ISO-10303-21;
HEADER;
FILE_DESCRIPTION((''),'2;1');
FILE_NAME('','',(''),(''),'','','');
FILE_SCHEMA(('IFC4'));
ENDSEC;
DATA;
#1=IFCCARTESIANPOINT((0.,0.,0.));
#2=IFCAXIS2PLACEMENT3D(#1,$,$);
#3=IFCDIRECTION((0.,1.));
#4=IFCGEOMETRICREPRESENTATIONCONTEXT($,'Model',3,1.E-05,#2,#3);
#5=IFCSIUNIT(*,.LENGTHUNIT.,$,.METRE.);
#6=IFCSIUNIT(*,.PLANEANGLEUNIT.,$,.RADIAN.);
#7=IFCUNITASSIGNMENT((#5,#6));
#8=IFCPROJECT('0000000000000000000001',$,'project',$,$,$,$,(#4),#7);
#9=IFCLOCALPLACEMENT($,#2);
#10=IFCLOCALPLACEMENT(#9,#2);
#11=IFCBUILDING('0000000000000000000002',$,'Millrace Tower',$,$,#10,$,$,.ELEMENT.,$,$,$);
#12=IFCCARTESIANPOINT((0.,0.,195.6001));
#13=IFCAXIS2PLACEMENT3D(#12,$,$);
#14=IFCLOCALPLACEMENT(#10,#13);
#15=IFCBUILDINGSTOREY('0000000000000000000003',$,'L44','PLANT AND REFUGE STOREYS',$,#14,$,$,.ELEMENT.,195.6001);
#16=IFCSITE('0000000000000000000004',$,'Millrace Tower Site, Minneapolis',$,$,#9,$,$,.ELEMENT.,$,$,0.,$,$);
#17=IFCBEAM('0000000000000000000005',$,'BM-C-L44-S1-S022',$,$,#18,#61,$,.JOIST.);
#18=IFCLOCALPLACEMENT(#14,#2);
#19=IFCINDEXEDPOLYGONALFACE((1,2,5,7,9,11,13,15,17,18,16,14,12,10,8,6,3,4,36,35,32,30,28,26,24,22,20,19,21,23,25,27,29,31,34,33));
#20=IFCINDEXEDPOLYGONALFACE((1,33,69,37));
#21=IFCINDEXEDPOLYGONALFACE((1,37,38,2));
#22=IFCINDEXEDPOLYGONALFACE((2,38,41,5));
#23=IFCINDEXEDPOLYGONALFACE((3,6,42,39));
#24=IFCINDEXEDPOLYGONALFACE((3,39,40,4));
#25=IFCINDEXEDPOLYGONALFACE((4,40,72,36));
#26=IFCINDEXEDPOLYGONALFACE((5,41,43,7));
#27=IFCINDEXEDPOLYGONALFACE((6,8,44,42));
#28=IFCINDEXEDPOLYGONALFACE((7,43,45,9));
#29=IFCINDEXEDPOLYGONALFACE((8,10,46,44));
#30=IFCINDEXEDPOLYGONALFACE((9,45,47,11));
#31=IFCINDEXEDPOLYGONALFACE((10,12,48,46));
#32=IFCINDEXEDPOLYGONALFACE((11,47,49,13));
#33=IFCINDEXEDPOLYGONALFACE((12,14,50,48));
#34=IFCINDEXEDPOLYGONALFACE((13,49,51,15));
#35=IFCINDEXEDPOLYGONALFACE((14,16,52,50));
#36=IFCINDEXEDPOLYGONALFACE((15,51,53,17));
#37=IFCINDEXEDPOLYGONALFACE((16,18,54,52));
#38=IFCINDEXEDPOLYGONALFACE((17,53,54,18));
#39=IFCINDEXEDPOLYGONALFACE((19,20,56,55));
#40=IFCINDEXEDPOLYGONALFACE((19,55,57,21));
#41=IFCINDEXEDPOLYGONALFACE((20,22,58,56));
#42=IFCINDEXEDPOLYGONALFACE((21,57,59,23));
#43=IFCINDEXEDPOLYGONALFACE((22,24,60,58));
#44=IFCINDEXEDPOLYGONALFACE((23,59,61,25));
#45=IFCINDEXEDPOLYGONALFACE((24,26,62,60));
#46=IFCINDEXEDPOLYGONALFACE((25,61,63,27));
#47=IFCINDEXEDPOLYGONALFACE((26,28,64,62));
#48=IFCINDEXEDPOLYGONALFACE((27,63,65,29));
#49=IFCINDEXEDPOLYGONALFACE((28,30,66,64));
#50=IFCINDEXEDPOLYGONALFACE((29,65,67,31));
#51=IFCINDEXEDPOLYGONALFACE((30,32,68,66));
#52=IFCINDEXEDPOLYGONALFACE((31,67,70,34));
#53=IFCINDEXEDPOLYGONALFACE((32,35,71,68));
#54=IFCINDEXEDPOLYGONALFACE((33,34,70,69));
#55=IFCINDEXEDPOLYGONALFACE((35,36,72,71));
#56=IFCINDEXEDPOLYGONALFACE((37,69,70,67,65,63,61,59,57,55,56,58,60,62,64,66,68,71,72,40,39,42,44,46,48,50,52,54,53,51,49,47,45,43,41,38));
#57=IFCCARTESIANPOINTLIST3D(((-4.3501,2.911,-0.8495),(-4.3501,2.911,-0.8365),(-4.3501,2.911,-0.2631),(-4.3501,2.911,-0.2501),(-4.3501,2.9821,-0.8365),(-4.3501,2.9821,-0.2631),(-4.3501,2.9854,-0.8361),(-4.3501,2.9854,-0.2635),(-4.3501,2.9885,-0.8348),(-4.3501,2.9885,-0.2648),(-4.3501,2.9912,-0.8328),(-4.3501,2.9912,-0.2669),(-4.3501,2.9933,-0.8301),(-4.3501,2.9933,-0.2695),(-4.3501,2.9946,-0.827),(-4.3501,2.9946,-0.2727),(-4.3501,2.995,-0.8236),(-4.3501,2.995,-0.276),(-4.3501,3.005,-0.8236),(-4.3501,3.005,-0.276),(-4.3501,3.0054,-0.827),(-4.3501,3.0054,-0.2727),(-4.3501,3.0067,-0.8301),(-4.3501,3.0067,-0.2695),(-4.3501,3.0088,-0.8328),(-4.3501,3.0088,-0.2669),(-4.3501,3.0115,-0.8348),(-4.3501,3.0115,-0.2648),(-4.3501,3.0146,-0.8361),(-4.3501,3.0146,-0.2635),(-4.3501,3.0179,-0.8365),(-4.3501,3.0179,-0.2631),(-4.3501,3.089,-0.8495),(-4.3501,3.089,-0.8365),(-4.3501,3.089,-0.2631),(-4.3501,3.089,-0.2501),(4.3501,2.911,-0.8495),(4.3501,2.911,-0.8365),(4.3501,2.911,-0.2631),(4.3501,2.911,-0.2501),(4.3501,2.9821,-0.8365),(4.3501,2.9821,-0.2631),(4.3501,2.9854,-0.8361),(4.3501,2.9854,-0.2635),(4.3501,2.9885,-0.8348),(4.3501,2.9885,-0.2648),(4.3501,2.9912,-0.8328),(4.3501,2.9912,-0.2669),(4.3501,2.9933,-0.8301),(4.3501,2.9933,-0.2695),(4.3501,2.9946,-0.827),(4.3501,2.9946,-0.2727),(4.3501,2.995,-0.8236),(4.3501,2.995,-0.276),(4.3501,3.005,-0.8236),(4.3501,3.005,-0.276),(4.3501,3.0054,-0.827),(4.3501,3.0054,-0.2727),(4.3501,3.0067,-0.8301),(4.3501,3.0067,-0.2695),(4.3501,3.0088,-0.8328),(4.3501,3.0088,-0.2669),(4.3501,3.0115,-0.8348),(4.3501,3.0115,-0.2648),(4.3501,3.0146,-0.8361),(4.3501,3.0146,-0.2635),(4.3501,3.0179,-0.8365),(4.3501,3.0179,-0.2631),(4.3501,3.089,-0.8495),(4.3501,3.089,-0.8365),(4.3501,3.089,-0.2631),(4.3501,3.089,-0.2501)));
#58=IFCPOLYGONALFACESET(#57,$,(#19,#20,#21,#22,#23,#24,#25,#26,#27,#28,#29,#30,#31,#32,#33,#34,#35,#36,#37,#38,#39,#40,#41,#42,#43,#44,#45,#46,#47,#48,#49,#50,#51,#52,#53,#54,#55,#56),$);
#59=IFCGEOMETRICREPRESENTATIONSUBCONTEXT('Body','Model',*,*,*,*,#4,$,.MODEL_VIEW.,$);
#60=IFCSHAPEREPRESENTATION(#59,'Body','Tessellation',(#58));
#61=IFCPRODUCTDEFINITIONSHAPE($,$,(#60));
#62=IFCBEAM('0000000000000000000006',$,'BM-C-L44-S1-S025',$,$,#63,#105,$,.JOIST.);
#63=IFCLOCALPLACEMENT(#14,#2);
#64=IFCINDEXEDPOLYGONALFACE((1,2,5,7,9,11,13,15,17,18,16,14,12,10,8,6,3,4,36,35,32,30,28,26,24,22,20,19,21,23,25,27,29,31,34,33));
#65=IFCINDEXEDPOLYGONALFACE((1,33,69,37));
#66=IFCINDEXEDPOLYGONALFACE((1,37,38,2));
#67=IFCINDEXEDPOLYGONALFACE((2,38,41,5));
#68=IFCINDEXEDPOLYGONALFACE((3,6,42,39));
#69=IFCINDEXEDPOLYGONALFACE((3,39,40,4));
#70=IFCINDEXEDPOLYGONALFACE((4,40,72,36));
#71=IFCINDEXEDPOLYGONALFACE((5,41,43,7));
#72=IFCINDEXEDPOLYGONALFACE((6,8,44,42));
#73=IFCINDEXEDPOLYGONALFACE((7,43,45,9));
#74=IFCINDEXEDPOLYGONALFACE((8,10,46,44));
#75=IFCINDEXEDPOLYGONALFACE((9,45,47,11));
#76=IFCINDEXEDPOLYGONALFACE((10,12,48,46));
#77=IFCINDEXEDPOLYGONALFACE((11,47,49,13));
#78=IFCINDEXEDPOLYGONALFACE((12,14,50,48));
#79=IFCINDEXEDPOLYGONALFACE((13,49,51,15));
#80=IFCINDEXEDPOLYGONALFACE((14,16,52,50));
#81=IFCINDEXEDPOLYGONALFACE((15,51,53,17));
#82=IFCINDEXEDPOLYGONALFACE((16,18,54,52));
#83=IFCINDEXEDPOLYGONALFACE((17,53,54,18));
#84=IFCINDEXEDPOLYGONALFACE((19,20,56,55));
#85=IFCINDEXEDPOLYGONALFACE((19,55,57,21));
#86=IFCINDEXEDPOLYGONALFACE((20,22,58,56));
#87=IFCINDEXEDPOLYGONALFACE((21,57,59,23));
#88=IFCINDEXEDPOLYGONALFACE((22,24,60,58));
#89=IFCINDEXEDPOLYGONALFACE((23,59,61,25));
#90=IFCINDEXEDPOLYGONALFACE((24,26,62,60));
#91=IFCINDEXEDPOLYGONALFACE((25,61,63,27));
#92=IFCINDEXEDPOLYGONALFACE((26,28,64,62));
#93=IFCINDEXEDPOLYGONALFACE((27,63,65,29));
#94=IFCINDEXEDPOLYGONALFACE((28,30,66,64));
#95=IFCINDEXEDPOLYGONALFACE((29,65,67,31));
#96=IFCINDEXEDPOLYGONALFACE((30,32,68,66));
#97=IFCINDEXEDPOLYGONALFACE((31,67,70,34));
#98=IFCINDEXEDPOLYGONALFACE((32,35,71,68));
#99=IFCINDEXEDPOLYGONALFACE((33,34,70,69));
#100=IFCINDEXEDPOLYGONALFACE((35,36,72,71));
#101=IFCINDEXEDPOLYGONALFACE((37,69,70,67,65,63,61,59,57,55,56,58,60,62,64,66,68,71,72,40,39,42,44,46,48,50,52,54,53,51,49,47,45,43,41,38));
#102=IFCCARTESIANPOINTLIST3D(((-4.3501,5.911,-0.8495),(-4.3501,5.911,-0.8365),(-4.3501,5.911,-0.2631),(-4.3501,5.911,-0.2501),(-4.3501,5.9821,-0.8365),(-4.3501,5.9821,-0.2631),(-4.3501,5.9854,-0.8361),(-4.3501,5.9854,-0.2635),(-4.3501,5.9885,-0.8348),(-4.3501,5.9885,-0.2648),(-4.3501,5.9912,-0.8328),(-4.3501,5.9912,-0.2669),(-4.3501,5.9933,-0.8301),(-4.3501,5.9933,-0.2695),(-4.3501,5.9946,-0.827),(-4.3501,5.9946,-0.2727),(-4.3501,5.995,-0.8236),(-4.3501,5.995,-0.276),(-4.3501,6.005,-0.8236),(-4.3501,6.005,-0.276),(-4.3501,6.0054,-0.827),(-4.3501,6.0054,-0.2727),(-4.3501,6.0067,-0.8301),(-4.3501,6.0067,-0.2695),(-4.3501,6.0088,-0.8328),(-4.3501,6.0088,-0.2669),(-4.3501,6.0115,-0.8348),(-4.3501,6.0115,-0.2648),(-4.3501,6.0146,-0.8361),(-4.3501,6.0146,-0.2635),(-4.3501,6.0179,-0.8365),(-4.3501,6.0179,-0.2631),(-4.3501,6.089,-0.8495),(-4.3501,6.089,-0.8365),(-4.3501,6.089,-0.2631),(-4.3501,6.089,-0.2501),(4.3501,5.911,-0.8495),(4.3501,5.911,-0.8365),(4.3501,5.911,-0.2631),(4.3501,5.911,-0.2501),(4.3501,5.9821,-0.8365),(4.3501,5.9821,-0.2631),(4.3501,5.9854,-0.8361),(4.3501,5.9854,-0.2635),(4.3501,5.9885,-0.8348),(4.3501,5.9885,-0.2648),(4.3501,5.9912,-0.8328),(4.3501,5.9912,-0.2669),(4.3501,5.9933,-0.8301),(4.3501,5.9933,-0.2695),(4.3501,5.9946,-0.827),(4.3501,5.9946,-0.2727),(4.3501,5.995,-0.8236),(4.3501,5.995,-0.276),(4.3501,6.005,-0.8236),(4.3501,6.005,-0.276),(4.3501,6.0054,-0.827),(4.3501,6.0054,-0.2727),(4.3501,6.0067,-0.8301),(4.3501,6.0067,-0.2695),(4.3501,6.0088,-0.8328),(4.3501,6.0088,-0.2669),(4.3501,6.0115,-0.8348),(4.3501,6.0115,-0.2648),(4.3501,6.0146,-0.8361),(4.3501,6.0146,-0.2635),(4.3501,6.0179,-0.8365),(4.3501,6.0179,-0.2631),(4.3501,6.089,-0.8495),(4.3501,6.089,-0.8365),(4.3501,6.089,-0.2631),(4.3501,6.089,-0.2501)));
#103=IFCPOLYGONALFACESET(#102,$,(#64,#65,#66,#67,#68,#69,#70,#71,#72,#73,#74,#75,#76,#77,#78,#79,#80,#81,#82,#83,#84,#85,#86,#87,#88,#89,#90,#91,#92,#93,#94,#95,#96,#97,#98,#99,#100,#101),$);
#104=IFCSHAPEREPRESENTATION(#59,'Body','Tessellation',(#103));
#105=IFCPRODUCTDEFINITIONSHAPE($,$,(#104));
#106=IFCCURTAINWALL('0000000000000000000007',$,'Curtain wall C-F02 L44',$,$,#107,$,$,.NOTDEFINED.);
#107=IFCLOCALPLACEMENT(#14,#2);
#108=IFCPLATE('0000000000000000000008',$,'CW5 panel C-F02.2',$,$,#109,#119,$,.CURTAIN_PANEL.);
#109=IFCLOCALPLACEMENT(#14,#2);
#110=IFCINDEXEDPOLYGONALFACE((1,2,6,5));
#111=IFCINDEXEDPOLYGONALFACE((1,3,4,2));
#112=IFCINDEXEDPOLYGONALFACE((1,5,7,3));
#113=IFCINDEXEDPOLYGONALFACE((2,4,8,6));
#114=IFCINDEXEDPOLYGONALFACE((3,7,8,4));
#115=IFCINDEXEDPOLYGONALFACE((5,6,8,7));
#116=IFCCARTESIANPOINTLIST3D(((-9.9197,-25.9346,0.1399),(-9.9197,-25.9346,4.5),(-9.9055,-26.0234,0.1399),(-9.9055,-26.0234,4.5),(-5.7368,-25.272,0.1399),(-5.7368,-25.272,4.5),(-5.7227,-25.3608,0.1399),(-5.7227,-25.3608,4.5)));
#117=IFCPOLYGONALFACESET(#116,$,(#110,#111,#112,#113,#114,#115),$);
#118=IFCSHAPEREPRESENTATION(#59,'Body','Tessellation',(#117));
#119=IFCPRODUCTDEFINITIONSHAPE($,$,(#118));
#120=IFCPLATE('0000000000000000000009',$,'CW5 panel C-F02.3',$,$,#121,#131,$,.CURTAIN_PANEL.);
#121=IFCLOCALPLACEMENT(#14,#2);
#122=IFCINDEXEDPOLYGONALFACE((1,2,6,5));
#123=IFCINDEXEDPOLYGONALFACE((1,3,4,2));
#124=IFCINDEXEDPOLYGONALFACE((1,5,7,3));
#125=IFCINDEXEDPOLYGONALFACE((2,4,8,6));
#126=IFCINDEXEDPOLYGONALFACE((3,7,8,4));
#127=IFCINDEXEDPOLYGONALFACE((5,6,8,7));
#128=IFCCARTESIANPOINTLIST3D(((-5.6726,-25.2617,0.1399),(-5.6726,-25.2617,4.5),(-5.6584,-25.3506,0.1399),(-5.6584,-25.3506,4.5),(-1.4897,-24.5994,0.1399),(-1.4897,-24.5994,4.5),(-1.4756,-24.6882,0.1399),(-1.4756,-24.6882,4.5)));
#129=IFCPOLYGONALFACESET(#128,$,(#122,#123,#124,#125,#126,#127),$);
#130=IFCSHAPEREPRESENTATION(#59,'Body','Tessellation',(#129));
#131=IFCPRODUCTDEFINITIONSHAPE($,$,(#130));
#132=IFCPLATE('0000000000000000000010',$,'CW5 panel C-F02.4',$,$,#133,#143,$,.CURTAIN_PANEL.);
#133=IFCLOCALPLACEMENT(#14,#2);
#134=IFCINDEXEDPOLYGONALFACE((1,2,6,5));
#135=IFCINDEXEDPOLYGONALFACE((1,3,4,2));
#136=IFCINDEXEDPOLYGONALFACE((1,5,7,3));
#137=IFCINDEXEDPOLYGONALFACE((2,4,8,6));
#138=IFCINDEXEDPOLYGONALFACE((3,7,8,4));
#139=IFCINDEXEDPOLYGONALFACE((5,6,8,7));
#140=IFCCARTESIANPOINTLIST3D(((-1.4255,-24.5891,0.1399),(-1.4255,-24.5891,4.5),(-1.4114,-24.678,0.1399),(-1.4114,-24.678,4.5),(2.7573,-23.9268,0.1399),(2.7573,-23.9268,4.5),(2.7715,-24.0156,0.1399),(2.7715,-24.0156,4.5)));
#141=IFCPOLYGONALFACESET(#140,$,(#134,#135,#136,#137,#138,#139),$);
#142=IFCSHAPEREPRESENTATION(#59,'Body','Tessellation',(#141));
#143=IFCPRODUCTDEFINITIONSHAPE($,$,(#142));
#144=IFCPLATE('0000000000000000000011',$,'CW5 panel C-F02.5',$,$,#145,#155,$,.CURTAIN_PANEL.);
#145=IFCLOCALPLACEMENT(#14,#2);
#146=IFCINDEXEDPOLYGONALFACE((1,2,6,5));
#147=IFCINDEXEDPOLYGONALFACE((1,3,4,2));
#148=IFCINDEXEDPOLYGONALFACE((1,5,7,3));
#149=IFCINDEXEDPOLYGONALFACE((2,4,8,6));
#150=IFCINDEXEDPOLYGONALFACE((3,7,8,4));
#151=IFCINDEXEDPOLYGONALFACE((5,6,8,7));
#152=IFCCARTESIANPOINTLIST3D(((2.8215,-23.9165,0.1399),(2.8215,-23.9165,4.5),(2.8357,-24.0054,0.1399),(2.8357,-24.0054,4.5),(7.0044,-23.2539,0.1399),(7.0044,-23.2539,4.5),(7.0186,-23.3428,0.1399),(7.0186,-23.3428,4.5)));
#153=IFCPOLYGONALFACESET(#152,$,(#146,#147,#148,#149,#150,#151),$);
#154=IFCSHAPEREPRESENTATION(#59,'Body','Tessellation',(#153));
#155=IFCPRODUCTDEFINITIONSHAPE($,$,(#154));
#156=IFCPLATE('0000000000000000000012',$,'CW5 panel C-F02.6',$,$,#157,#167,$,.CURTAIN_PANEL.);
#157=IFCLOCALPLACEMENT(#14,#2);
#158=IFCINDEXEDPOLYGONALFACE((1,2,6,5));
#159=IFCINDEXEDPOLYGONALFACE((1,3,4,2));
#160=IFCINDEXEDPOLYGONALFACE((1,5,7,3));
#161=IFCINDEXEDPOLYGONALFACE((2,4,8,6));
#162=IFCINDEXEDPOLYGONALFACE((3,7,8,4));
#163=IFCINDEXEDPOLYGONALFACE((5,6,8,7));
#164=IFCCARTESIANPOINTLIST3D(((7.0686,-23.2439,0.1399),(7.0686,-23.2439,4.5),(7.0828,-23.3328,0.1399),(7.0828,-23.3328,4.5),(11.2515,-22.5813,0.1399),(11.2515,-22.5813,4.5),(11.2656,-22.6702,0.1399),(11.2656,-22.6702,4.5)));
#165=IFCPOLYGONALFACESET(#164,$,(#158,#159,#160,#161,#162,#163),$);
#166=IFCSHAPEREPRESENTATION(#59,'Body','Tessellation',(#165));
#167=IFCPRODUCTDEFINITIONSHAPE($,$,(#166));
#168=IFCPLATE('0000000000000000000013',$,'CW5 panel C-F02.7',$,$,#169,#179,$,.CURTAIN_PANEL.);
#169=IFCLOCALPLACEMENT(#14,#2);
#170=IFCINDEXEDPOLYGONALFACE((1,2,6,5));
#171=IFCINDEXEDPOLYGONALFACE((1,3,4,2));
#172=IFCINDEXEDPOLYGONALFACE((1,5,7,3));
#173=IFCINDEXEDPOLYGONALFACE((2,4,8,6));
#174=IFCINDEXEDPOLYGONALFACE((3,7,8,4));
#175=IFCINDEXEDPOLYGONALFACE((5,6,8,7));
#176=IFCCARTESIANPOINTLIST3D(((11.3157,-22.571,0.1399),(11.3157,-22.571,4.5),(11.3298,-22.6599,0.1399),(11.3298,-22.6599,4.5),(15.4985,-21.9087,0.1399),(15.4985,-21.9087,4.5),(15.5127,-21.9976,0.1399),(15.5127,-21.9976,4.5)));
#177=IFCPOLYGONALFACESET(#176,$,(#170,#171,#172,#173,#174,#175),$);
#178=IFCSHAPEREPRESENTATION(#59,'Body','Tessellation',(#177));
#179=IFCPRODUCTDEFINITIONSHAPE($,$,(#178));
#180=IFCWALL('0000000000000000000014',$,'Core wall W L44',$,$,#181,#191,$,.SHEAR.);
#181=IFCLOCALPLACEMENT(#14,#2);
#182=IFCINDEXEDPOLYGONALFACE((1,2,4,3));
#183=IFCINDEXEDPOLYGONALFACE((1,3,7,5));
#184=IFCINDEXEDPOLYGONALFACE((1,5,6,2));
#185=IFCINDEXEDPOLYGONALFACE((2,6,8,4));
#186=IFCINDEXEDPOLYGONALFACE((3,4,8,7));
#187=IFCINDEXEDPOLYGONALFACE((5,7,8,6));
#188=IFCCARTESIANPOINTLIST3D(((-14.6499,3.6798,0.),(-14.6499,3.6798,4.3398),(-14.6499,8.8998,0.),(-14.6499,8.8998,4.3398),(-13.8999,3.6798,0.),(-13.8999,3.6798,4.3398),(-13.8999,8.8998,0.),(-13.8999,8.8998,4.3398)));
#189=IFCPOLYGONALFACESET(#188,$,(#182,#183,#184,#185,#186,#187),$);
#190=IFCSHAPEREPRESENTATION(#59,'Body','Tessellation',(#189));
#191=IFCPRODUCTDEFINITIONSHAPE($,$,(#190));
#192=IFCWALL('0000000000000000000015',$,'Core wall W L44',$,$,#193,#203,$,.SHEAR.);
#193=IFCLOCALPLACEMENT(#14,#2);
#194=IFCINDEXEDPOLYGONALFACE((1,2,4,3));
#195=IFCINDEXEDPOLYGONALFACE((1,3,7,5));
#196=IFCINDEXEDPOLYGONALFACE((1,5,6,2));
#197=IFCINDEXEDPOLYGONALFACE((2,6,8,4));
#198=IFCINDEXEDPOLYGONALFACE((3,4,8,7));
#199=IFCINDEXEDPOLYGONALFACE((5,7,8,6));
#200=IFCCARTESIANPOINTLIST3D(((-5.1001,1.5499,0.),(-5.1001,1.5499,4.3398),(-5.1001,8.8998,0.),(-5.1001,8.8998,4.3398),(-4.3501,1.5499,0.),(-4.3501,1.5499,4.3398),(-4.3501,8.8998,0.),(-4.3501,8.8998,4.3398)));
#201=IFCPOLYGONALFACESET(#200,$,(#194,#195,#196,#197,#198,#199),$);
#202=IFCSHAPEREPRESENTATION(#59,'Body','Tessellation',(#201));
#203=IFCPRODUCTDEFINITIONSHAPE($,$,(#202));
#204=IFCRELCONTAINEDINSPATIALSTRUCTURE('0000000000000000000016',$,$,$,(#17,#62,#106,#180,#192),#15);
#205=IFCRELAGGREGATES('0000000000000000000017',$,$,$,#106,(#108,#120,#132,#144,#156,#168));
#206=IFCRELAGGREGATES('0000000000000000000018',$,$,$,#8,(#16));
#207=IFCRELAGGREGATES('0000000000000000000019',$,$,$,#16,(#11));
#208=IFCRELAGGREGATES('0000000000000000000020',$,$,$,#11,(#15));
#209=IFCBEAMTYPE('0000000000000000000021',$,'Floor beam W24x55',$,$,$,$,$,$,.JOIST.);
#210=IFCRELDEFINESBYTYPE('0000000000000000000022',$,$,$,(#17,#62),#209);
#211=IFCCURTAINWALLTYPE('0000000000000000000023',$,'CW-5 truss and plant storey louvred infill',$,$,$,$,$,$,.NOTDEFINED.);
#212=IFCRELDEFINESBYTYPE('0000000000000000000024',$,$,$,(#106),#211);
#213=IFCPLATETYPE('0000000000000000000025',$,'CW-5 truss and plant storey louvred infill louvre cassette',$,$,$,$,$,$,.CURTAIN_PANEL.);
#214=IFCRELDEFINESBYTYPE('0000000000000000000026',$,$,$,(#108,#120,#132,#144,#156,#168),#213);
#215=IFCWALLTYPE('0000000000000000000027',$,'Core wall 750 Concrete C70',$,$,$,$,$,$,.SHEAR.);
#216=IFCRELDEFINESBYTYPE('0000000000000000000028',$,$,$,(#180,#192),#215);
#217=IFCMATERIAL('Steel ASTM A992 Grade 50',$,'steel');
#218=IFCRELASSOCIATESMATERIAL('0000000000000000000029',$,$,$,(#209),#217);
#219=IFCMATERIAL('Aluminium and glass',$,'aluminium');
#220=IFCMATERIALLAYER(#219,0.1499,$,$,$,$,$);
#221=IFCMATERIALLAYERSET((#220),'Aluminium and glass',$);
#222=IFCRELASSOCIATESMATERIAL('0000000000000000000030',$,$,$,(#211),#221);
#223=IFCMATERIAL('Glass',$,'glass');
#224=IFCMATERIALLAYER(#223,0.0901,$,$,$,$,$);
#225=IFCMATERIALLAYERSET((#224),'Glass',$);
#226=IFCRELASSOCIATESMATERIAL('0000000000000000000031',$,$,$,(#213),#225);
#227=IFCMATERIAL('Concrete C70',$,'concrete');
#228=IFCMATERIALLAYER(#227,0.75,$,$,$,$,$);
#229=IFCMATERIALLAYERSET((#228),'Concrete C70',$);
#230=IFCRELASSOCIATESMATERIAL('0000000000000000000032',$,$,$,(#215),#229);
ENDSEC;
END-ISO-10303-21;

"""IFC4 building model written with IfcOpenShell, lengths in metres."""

from ifc_helpers import new_model, si_unit, direction, frame, frame_2d, origin, origin_2d, place, context, subcontext, project, spatial, polyline, rectangle, i_section, outline, extrude, material, layer, layer_set, material_profile, profile_set, type_object, element, aggregate, save


model = new_model("IFC4")

# Units and contexts
model_context = context("Model", 3, precision=1e-05, world=origin(), true_north=direction((0.0, 1.0)))
body_context = subcontext(model_context, "Body", "Model", "MODEL_VIEW")
ifc_project = project(units=[si_unit("LENGTHUNIT", "METRE"), si_unit("PLANEANGLEUNIT", "RADIAN")], contexts=[model_context])

# Site, building, storey
site_placement = place(None, origin())
site = spatial("IfcSite", under=ifc_project, at=site_placement, Name="Millrace Tower Site, Minneapolis", CompositionType="ELEMENT", RefElevation=0.0)
building_placement = place(site_placement, origin())
building = spatial("IfcBuilding", under=site, at=building_placement, Name="Millrace Tower", CompositionType="ELEMENT")
storey_placement = place(building_placement, frame((0.0, 0.0, 195.6001)))
storey = spatial("IfcBuildingStorey", under=building, at=storey_placement, Name="L44", Description="PLANT AND REFUGE STOREYS", CompositionType="ELEMENT", Elevation=195.6001)

# Beams
ifc_material_1 = material(Name="Steel ASTM A992 Grade 50", Category="steel")
ifc_material_profile = material_profile(ifc_material_1, i_section(OverallWidth=0.178, OverallDepth=0.5994, WebThickness=0.01, FlangeThickness=0.0129, FilletRadius=0.0129, at=origin_2d()))
ifc_profile_set = profile_set([ifc_material_profile], Name="Steel ASTM A992 Grade 50")
beam_type = type_object("IfcBeamType", Name="Floor beam W24x55", PredefinedType="JOIST", material=ifc_profile_set)
for number, where, z_axis, x_axis, name in (
    (1, (-4.3501, 3.0, -0.5498), (1.0, 0.0, 0.0), (0.0, 1.0, 0.0), "BM-C-L44-S1-S022"),
    (2, (-4.3501, 6.0, -0.5498), (1.0, 0.0, 0.0), (0.0, 1.0, 0.0), "BM-C-L44-S1-S025"),
):
    element("IfcBeam", number, at=place(storey_placement, frame(where, z_axis=z_axis, x_axis=x_axis)), inside=storey, type_object=beam_type, Name=name, PredefinedType="JOIST", context=body_context, shape_type="SweptSolid", body=[
        extrude(i_section(OverallWidth=0.178, OverallDepth=0.5994, WebThickness=0.01, FlangeThickness=0.0129, FilletRadius=0.0129, at=origin_2d()), origin(), (0.0, 0.0, 1.0), 8.7002),
    ])

# Curtain wall, plates
ifc_material_2 = material(Name="Aluminium and glass", Category="aluminium")
ifc_layer_1 = layer(ifc_material_2, 0.1499)
ifc_layer_set_1 = layer_set([ifc_layer_1], Name="Aluminium and glass")
curtain_wall_type = type_object("IfcCurtainWallType", Name="CW-5 truss and plant storey louvred infill", PredefinedType="NOTDEFINED", material=ifc_layer_set_1)
placement_1 = place(storey_placement, origin())
curtain_wall = element("IfcCurtainWall", 3, at=placement_1, inside=storey, type_object=curtain_wall_type, Name="Curtain wall C-F02 L44", PredefinedType="NOTDEFINED")
ifc_material_3 = material(Name="Glass", Category="glass")
ifc_layer_2 = layer(ifc_material_3, 0.0901)
ifc_layer_set_2 = layer_set([ifc_layer_2], Name="Glass")
plate_type = type_object("IfcPlateType", Name="CW-5 truss and plant storey louvred infill louvre cassette", PredefinedType="CURTAIN_PANEL", material=ifc_layer_set_2)
placement_2 = place(storey_placement, frame((0.0, 0.0, 0.1399)))
plate_1 = element("IfcPlate", 4, at=placement_2, type_object=plate_type, Name="CW5 panel C-F02.2", PredefinedType="CURTAIN_PANEL", context=body_context, shape_type="SweptSolid", body=[
    extrude(outline(polyline([(-9.9055, -26.0234), (-5.7227, -25.3608), (-5.7368, -25.272), (-9.9197, -25.9346), (-9.9055, -26.0234)])), origin(), (0.0, 0.0, 1.0), 4.3601),
])
plate_2 = element("IfcPlate", 5, at=placement_2, type_object=plate_type, Name="CW5 panel C-F02.3", PredefinedType="CURTAIN_PANEL", context=body_context, shape_type="SweptSolid", body=[
    extrude(outline(polyline([(-5.6584, -25.3506), (-1.4756, -24.6882), (-1.4897, -24.5994), (-5.6726, -25.2617), (-5.6584, -25.3506)])), origin(), (0.0, 0.0, 1.0), 4.3601),
])
plate_3 = element("IfcPlate", 6, at=placement_2, type_object=plate_type, Name="CW5 panel C-F02.4", PredefinedType="CURTAIN_PANEL", context=body_context, shape_type="SweptSolid", body=[
    extrude(outline(polyline([(-1.4114, -24.678), (2.7715, -24.0156), (2.7573, -23.9268), (-1.4255, -24.5891), (-1.4114, -24.678)])), origin(), (0.0, 0.0, 1.0), 4.3601),
])
plate_4 = element("IfcPlate", 7, at=placement_2, type_object=plate_type, Name="CW5 panel C-F02.5", PredefinedType="CURTAIN_PANEL", context=body_context, shape_type="SweptSolid", body=[
    extrude(outline(polyline([(2.8357, -24.0054), (7.0186, -23.3428), (7.0044, -23.2539), (2.8215, -23.9165), (2.8357, -24.0054)])), origin(), (0.0, 0.0, 1.0), 4.3601),
])
plate_5 = element("IfcPlate", 8, at=placement_2, type_object=plate_type, Name="CW5 panel C-F02.6", PredefinedType="CURTAIN_PANEL", context=body_context, shape_type="SweptSolid", body=[
    extrude(outline(polyline([(7.0828, -23.3328), (11.2656, -22.6702), (11.2515, -22.5813), (7.0686, -23.2439), (7.0828, -23.3328)])), origin(), (0.0, 0.0, 1.0), 4.3601),
])
plate_6 = element("IfcPlate", 9, at=placement_2, type_object=plate_type, Name="CW5 panel C-F02.7", PredefinedType="CURTAIN_PANEL", context=body_context, shape_type="SweptSolid", body=[
    extrude(outline(polyline([(11.3298, -22.6599), (15.5127, -21.9976), (15.4985, -21.9087), (11.3157, -22.571), (11.3298, -22.6599)])), origin(), (0.0, 0.0, 1.0), 4.3601),
])
aggregate(curtain_wall, [plate_1, plate_2, plate_3, plate_4, plate_5, plate_6])

# Walls
ifc_material_4 = material(Name="Concrete C70", Category="concrete")
ifc_layer_3 = layer(ifc_material_4, 0.75)
ifc_layer_set_3 = layer_set([ifc_layer_3], Name="Concrete C70")
wall_type_1 = type_object("IfcWallType", Name="Core wall 750 Concrete C70", PredefinedType="SHEAR", material=ifc_layer_set_3)
wall_1_placement = place(storey_placement, frame((-14.2749, 3.6799, 0.0), z_axis=(0.0, 0.0, 1.0), x_axis=(0.0, 1.0, 0.0)))
element("IfcWall", 10, at=wall_1_placement, inside=storey, type_object=wall_type_1, Name="Core wall W L44", PredefinedType="SHEAR", context=body_context, shape_type="SweptSolid", body=[
    extrude(rectangle(XDim=5.22, YDim=0.75, at=frame_2d((2.6099, 0.0))), origin(), (0.0, 0.0, 1.0), 4.3398),
])
wall_2_placement = place(storey_placement, frame((-4.7251, 1.55, 0.0), z_axis=(0.0, 0.0, 1.0), x_axis=(0.0, 1.0, 0.0)))
element("IfcWall", 11, at=wall_2_placement, inside=storey, type_object=wall_type_1, Name="Core wall W L44", PredefinedType="SHEAR", context=body_context, shape_type="SweptSolid", body=[
    extrude(rectangle(XDim=7.3499, YDim=0.75, at=frame_2d((3.6748, 0.0))), origin(), (0.0, 0.0, 1.0), 4.3398),
])

save(model, "model.ifc")
